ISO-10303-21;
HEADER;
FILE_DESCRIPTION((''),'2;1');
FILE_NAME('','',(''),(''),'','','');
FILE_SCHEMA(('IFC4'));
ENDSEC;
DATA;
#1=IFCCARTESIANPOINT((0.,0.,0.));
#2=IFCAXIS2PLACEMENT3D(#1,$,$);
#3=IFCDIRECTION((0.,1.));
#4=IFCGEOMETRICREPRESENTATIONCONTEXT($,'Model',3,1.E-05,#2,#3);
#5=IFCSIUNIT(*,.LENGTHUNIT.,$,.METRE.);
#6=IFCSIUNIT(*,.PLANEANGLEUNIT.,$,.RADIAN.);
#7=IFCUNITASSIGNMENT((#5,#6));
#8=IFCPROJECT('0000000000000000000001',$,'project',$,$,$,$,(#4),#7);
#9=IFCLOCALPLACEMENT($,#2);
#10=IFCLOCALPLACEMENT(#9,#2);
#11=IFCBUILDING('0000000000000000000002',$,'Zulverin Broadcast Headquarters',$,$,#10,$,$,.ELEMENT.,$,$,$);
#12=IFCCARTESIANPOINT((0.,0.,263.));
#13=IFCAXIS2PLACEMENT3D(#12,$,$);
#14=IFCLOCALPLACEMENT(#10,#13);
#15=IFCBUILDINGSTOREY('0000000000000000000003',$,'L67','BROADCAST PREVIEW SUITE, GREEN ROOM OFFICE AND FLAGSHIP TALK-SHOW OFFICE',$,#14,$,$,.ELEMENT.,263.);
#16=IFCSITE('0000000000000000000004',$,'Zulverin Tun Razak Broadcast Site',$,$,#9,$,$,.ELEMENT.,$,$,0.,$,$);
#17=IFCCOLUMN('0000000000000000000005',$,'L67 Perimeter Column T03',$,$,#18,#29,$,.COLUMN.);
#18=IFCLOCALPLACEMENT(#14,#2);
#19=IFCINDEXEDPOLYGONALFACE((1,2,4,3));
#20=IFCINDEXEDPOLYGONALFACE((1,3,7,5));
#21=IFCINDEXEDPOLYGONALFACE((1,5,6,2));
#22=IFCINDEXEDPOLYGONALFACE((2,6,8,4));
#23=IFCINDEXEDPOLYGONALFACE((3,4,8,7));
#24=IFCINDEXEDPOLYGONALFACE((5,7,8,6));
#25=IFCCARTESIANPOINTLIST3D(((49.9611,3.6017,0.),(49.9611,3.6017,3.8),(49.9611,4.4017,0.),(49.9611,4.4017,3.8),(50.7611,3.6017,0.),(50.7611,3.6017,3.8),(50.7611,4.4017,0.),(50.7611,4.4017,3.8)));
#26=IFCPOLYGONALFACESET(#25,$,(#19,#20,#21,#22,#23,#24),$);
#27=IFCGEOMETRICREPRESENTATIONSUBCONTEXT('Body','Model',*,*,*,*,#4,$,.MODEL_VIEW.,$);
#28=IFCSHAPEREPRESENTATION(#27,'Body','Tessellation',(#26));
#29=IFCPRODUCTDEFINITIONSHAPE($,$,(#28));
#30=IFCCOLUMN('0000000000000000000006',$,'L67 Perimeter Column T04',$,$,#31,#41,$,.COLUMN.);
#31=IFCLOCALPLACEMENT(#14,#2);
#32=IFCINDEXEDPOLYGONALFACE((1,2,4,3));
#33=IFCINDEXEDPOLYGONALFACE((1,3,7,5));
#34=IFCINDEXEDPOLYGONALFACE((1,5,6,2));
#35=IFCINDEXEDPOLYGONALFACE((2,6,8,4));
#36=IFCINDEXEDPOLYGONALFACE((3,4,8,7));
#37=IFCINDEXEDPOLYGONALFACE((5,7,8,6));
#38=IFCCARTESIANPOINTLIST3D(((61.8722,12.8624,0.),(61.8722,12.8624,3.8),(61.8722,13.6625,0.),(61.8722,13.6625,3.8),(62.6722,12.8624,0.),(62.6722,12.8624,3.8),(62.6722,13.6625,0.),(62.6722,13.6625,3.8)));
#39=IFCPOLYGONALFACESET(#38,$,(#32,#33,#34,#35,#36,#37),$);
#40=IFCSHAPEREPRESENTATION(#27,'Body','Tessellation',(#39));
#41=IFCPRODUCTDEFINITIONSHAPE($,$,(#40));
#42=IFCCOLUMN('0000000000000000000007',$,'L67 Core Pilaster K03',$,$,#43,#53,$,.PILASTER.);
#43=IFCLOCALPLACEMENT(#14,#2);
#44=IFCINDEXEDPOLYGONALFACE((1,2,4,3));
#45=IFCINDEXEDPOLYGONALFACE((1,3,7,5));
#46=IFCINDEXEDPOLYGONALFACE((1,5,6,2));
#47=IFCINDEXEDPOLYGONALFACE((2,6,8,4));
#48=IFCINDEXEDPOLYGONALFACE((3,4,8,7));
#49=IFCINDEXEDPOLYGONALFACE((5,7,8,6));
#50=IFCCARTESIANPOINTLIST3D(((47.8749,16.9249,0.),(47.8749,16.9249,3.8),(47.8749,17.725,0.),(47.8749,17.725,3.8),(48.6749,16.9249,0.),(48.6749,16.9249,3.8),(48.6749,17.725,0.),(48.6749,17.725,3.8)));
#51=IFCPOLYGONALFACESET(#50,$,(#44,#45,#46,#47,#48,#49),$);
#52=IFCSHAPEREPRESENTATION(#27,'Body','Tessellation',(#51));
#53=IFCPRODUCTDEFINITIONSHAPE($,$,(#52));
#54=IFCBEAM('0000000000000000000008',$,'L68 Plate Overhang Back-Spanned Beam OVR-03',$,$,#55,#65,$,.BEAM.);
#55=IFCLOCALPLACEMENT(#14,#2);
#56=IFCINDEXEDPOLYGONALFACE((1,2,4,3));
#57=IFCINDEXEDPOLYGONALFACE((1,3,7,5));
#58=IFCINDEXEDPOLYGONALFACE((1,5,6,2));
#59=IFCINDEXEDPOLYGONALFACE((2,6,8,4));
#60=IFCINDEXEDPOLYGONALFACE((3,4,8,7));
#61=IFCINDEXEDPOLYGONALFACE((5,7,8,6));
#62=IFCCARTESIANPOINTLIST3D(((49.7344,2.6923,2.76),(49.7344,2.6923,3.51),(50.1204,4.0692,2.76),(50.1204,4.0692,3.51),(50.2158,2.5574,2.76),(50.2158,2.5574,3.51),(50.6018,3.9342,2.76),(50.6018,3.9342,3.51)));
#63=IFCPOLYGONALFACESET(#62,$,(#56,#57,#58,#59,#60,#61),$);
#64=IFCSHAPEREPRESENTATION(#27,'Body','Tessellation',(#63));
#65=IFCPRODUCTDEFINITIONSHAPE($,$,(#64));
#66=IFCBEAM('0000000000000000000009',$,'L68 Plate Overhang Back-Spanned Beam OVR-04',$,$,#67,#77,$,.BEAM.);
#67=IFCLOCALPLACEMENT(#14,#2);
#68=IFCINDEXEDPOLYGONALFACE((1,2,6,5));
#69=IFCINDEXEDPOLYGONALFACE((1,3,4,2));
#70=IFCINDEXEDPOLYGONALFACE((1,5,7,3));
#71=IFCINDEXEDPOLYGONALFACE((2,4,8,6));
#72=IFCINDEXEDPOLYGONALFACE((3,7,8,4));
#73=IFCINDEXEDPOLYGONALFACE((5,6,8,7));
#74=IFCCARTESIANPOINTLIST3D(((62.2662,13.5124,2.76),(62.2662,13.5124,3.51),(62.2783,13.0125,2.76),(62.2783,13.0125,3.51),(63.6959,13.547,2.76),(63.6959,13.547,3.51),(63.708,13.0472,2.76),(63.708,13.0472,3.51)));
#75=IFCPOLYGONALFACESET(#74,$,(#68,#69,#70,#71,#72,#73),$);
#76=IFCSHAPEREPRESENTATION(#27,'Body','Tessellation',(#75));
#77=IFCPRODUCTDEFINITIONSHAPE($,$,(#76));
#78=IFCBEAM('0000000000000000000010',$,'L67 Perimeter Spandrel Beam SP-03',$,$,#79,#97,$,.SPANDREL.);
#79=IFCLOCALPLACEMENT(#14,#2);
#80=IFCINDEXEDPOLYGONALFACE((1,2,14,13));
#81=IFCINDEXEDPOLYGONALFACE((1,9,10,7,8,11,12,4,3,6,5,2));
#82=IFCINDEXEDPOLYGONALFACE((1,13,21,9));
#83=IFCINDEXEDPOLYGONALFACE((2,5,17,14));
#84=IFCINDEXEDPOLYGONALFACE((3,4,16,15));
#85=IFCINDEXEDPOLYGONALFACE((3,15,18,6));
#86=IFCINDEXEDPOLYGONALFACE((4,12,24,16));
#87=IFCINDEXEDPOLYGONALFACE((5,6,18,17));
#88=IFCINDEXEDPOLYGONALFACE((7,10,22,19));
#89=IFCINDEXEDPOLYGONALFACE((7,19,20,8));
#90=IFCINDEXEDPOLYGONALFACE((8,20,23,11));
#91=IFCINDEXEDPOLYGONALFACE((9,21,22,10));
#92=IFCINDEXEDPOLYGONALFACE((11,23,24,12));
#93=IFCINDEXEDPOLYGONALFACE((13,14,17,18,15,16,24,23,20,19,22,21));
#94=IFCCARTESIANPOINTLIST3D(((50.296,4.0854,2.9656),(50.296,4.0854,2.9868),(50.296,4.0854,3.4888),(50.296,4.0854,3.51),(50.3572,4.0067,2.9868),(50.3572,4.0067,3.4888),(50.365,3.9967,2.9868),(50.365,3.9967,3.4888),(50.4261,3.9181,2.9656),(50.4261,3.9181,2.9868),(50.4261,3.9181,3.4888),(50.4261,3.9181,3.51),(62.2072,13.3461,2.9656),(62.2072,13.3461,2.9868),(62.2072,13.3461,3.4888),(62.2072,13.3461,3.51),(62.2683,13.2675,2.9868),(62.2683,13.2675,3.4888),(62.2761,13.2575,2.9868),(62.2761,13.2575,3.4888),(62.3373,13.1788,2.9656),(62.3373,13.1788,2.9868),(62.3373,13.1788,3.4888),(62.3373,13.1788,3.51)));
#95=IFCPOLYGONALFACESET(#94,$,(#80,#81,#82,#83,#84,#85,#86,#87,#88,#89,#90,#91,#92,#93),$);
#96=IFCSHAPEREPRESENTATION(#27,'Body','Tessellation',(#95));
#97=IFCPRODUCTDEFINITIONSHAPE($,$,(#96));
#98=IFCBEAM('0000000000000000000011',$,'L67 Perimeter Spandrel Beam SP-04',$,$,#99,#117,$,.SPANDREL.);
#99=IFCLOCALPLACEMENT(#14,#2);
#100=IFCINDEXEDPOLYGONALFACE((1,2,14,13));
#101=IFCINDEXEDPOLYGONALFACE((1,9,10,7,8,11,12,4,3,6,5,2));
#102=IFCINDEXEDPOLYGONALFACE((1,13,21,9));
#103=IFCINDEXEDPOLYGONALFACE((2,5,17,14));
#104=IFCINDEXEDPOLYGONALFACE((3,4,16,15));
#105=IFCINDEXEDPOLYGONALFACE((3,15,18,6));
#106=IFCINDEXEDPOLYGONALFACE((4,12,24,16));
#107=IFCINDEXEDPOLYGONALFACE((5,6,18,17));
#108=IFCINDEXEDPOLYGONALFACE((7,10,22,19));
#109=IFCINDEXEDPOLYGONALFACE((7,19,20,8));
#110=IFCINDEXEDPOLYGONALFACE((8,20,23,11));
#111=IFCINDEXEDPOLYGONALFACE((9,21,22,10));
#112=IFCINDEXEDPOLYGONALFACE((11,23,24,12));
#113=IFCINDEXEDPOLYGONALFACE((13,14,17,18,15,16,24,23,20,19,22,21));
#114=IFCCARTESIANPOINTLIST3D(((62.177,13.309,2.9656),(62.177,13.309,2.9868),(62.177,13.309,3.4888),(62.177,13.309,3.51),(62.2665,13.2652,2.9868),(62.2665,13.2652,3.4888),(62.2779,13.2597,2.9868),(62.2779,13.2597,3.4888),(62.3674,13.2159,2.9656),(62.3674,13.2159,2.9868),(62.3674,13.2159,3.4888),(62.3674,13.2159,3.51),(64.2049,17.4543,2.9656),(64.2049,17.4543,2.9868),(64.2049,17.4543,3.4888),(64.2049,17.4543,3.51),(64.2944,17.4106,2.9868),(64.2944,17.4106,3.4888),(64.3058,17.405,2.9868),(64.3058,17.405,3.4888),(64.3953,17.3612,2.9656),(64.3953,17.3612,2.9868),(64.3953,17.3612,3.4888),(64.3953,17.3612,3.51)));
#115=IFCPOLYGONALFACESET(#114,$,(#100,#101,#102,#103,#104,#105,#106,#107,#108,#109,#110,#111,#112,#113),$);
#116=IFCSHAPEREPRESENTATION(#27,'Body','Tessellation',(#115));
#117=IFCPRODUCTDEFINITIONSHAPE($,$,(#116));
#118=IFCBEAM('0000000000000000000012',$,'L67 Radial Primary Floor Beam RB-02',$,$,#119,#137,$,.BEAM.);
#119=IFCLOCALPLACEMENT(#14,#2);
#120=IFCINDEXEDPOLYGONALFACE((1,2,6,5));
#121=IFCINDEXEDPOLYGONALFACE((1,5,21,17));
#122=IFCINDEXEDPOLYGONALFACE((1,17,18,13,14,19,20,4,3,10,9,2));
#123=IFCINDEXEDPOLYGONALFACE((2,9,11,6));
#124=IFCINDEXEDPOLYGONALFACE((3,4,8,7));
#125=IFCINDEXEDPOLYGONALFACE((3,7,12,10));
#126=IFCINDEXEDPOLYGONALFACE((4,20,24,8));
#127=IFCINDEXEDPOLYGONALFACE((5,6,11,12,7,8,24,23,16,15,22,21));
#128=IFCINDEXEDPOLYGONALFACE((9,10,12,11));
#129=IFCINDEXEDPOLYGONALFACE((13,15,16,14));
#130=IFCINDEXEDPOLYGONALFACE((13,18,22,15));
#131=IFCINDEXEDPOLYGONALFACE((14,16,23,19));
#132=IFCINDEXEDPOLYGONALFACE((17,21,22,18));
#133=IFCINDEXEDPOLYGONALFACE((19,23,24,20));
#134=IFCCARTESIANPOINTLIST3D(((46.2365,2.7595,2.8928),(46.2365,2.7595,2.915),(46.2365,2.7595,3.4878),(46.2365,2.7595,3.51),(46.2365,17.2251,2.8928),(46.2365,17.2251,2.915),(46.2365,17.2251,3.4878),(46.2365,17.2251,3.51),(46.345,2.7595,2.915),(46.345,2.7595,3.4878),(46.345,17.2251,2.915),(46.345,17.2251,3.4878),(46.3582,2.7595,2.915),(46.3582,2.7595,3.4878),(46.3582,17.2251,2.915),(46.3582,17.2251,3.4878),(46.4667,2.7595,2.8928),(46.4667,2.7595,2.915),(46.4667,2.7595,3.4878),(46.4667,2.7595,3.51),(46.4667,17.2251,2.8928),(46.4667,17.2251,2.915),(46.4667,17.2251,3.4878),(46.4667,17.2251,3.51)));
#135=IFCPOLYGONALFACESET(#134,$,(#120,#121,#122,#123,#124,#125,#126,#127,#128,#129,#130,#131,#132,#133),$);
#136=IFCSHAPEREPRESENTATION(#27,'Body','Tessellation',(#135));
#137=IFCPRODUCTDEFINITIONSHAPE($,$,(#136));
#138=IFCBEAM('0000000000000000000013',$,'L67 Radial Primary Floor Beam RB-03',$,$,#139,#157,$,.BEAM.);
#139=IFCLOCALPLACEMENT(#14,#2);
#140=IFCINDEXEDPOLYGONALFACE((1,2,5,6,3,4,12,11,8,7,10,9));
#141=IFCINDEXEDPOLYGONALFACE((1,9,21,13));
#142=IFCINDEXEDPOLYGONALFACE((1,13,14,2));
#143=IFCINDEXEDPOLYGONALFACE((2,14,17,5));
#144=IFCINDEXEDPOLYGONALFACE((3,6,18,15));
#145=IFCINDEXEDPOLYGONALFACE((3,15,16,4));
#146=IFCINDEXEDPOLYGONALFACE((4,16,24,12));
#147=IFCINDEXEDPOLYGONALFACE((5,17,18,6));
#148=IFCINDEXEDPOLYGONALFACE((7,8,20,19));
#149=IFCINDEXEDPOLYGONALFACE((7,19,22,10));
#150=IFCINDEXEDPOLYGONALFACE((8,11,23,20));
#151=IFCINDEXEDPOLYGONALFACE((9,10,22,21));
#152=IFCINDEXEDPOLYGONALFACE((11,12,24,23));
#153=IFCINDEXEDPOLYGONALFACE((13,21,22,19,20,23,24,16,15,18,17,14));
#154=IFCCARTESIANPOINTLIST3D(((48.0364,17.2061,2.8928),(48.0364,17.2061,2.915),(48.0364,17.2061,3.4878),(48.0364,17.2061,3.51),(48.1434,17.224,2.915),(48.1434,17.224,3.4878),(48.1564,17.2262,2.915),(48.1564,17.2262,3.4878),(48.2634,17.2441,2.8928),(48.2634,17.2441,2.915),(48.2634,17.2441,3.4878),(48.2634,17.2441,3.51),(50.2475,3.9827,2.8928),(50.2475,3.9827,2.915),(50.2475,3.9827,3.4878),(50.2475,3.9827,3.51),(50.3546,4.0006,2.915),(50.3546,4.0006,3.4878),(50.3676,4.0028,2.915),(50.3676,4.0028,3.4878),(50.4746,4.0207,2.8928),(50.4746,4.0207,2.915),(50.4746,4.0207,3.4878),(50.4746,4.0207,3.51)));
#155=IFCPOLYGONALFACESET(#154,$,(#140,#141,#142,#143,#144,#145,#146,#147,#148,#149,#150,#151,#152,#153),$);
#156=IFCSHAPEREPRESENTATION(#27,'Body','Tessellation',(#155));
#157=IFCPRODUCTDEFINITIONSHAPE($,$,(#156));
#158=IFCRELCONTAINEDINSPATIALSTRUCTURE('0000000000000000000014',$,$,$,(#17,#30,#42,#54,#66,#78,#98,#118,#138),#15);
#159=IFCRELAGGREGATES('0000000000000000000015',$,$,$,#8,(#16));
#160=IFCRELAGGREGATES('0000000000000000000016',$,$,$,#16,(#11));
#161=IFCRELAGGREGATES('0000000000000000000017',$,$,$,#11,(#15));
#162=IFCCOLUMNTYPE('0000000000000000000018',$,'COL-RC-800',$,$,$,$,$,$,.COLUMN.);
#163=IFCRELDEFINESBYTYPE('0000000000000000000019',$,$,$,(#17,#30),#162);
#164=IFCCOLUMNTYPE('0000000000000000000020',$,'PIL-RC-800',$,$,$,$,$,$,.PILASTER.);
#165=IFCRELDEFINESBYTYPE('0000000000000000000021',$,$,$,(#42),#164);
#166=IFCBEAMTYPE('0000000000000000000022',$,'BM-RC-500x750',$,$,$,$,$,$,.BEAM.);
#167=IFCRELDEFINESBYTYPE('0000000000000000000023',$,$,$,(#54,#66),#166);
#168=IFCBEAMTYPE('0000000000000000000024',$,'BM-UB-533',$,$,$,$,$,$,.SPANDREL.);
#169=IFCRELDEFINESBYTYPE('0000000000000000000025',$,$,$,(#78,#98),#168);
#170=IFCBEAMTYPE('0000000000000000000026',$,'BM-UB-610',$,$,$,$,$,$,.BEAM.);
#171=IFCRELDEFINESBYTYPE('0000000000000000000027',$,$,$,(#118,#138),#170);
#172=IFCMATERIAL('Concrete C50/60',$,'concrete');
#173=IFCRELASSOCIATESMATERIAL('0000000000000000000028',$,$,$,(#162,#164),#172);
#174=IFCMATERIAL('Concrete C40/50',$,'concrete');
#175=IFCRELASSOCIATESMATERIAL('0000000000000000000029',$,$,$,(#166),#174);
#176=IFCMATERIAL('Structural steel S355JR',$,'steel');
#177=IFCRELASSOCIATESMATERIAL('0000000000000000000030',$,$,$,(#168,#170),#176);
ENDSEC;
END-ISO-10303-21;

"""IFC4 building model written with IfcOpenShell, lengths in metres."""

from ifc_helpers import new_model, si_unit, direction, frame, origin, origin_2d, place, context, subcontext, project, spatial, rectangle, i_section, extrude, material, material_profile, profile_set, type_object, element, save


model = new_model("IFC4")

# Units and contexts
model_context = context("Model", 3, precision=1e-05, world=origin(), true_north=direction((0.0, 1.0)))
body_context = subcontext(model_context, "Body", "Model", "MODEL_VIEW")
ifc_project = project(units=[si_unit("LENGTHUNIT", "METRE"), si_unit("PLANEANGLEUNIT", "RADIAN")], contexts=[model_context])

# Site, building, storey
site_placement = place(None, origin())
site = spatial("IfcSite", under=ifc_project, at=site_placement, Name="Zulverin Tun Razak Broadcast Site", CompositionType="ELEMENT", RefElevation=0.0)
building_placement = place(site_placement, origin())
building = spatial("IfcBuilding", under=site, at=building_placement, Name="Zulverin Broadcast Headquarters", CompositionType="ELEMENT")
storey_placement = place(building_placement, frame((0.0, 0.0, 263.0)))
storey = spatial("IfcBuildingStorey", under=building, at=storey_placement, Name="L67", Description="BROADCAST PREVIEW SUITE, GREEN ROOM OFFICE AND FLAGSHIP TALK-SHOW OFFICE", CompositionType="ELEMENT", Elevation=263.0)

# Columns
ifc_material_1 = material(Name="Concrete C50/60", Category="concrete")
ifc_material_profile_1 = material_profile(ifc_material_1, rectangle(XDim=0.8, YDim=0.8, at=origin_2d()), Name="Concrete C50/60", Category="concrete")
ifc_profile_set_1 = profile_set([ifc_material_profile_1], Name="Concrete C50/60")
column_type_1 = type_object("IfcColumnType", Name="COL-RC-800", PredefinedType="COLUMN", material=ifc_profile_set_1)
for number, where, z_axis, x_axis, name in (
    (1, (50.3611, 4.0017, 0.0), (0.0, 0.0, 1.0), (1.0, 0.0, 0.0), "L67 Perimeter Column T03"),
    (2, (62.2722, 13.2625, 0.0), (0.0, 0.0, 1.0), (1.0, 0.0, 0.0), "L67 Perimeter Column T04"),
):
    element("IfcColumn", number, at=place(storey_placement, frame(where, z_axis=z_axis, x_axis=x_axis)), inside=storey, type_object=column_type_1, Name=name, PredefinedType="COLUMN", context=body_context, shape_type="SweptSolid", body=[
        extrude(rectangle(XDim=0.8, YDim=0.8, at=origin_2d()), origin(), (0.0, 0.0, 1.0), 3.8),
    ])
ifc_material_profile_2 = material_profile(ifc_material_1, rectangle(XDim=0.8, YDim=0.8, at=origin_2d()), Name="Concrete C50/60", Category="concrete")
ifc_profile_set_2 = profile_set([ifc_material_profile_2], Name="Concrete C50/60")
column_type_2 = type_object("IfcColumnType", Name="PIL-RC-800", PredefinedType="PILASTER", material=ifc_profile_set_2)
column_placement = place(storey_placement, frame((48.2749, 17.325, 0.0), z_axis=(0.0, 0.0, 1.0), x_axis=(1.0, 0.0, 0.0)))
element("IfcColumn", 3, at=column_placement, inside=storey, type_object=column_type_2, Name="L67 Core Pilaster K03", PredefinedType="PILASTER", context=body_context, shape_type="SweptSolid", body=[
    extrude(rectangle(XDim=0.8, YDim=0.8, at=origin_2d()), origin(), (0.0, 0.0, 1.0), 3.8),
])

# Beams
ifc_material_2 = material(Name="Concrete C40/50", Category="concrete")
ifc_material_profile_3 = material_profile(ifc_material_2, rectangle(XDim=0.5, YDim=0.75, at=origin_2d()), Name="Concrete C40/50", Category="concrete")
ifc_profile_set_3 = profile_set([ifc_material_profile_3], Name="Concrete C40/50")
beam_type_1 = type_object("IfcBeamType", Name="BM-RC-500x750", PredefinedType="BEAM", material=ifc_profile_set_3)
beam_1_placement = place(storey_placement, frame((50.3611, 4.0017, 3.135), z_axis=(-0.269915, -0.962884, 0.0), x_axis=(0.962884, -0.269915, 0.0)))
element("IfcBeam", 4, at=beam_1_placement, inside=storey, type_object=beam_type_1, Name="L68 Plate Overhang Back-Spanned Beam OVR-03", PredefinedType="BEAM", context=body_context, shape_type="SweptSolid", body=[
    extrude(rectangle(XDim=0.5, YDim=0.75, at=origin_2d()), origin(), (0.0, 0.0, 1.0), 1.4299),
])
beam_2_placement = place(storey_placement, frame((62.2722, 13.2625, 3.135), z_axis=(0.999706, 0.024242, 0.0), x_axis=(-0.024242, 0.999706, 0.0)))
element("IfcBeam", 5, at=beam_2_placement, inside=storey, type_object=beam_type_1, Name="L68 Plate Overhang Back-Spanned Beam OVR-04", PredefinedType="BEAM", context=body_context, shape_type="SweptSolid", body=[
    extrude(rectangle(XDim=0.5, YDim=0.75, at=origin_2d()), origin(), (0.0, 0.0, 1.0), 1.4302),
])
ifc_material_3 = material(Name="Structural steel S355JR", Category="steel")
ifc_material_profile_4 = material_profile(ifc_material_3, i_section(OverallWidth=0.2119, OverallDepth=0.5444, WebThickness=0.0127, FlangeThickness=0.0212, at=origin_2d()), Name="Structural steel S355JR", Category="steel")
ifc_profile_set_4 = profile_set([ifc_material_profile_4], Name="Structural steel S355JR")
beam_type_2 = type_object("IfcBeamType", Name="BM-UB-533", PredefinedType="SPANDREL", material=ifc_profile_set_4)
beam_3_placement = place(storey_placement, frame((50.3611, 4.0017, 3.2378), z_axis=(0.789464, 0.613797, 0.0), x_axis=(-0.613797, 0.789464, 0.0)))
element("IfcBeam", 6, at=beam_3_placement, inside=storey, type_object=beam_type_2, Name="L67 Perimeter Spandrel Beam SP-03", PredefinedType="SPANDREL", context=body_context, shape_type="SweptSolid", body=[
    extrude(i_section(OverallWidth=0.2119, OverallDepth=0.5444, WebThickness=0.0127, FlangeThickness=0.0212, at=origin_2d()), origin(), (0.0, 0.0, 1.0), 15.0876),
])
beam_4_placement = place(storey_placement, frame((62.2722, 13.2625, 3.2378), z_axis=(0.43943, 0.898277, 0.0), x_axis=(-0.898277, 0.43943, 0.0)))
element("IfcBeam", 7, at=beam_4_placement, inside=storey, type_object=beam_type_2, Name="L67 Perimeter Spandrel Beam SP-04", PredefinedType="SPANDREL", context=body_context, shape_type="SweptSolid", body=[
    extrude(i_section(OverallWidth=0.2119, OverallDepth=0.5444, WebThickness=0.0127, FlangeThickness=0.0212, at=origin_2d()), origin(), (0.0, 0.0, 1.0), 4.6147),
])
ifc_material_profile_5 = material_profile(ifc_material_3, i_section(OverallWidth=0.2302, OverallDepth=0.6172, WebThickness=0.0132, FlangeThickness=0.0222, at=origin_2d()), Name="Structural steel S355JR", Category="steel")
ifc_profile_set_5 = profile_set([ifc_material_profile_5], Name="Structural steel S355JR")
beam_type_3 = type_object("IfcBeamType", Name="BM-UB-610", PredefinedType="BEAM", material=ifc_profile_set_5)
beam_5_placement = place(storey_placement, frame((46.3516, 17.2251, 3.2014), z_axis=(0.0, -1.0, 0.0), x_axis=(1.0, 0.0, 0.0)))
element("IfcBeam", 8, at=beam_5_placement, inside=storey, type_object=beam_type_3, Name="L67 Radial Primary Floor Beam RB-02", PredefinedType="BEAM", context=body_context, shape_type="SweptSolid", body=[
    extrude(i_section(OverallWidth=0.2302, OverallDepth=0.6172, WebThickness=0.0132, FlangeThickness=0.0222, at=origin_2d()), origin(), (0.0, 0.0, 1.0), 14.4656),
])
beam_6_placement = place(storey_placement, frame((48.1499, 17.2251, 3.2014), z_axis=(0.164928, -0.986306, 0.0), x_axis=(0.986306, 0.164928, 0.0)))
element("IfcBeam", 9, at=beam_6_placement, inside=storey, type_object=beam_type_3, Name="L67 Radial Primary Floor Beam RB-03", PredefinedType="BEAM", context=body_context, shape_type="SweptSolid", body=[
    extrude(i_section(OverallWidth=0.2302, OverallDepth=0.6172, WebThickness=0.0132, FlangeThickness=0.0222, at=origin_2d()), origin(), (0.0, 0.0, 1.0), 13.407),
])

save(model, "model.ifc")
